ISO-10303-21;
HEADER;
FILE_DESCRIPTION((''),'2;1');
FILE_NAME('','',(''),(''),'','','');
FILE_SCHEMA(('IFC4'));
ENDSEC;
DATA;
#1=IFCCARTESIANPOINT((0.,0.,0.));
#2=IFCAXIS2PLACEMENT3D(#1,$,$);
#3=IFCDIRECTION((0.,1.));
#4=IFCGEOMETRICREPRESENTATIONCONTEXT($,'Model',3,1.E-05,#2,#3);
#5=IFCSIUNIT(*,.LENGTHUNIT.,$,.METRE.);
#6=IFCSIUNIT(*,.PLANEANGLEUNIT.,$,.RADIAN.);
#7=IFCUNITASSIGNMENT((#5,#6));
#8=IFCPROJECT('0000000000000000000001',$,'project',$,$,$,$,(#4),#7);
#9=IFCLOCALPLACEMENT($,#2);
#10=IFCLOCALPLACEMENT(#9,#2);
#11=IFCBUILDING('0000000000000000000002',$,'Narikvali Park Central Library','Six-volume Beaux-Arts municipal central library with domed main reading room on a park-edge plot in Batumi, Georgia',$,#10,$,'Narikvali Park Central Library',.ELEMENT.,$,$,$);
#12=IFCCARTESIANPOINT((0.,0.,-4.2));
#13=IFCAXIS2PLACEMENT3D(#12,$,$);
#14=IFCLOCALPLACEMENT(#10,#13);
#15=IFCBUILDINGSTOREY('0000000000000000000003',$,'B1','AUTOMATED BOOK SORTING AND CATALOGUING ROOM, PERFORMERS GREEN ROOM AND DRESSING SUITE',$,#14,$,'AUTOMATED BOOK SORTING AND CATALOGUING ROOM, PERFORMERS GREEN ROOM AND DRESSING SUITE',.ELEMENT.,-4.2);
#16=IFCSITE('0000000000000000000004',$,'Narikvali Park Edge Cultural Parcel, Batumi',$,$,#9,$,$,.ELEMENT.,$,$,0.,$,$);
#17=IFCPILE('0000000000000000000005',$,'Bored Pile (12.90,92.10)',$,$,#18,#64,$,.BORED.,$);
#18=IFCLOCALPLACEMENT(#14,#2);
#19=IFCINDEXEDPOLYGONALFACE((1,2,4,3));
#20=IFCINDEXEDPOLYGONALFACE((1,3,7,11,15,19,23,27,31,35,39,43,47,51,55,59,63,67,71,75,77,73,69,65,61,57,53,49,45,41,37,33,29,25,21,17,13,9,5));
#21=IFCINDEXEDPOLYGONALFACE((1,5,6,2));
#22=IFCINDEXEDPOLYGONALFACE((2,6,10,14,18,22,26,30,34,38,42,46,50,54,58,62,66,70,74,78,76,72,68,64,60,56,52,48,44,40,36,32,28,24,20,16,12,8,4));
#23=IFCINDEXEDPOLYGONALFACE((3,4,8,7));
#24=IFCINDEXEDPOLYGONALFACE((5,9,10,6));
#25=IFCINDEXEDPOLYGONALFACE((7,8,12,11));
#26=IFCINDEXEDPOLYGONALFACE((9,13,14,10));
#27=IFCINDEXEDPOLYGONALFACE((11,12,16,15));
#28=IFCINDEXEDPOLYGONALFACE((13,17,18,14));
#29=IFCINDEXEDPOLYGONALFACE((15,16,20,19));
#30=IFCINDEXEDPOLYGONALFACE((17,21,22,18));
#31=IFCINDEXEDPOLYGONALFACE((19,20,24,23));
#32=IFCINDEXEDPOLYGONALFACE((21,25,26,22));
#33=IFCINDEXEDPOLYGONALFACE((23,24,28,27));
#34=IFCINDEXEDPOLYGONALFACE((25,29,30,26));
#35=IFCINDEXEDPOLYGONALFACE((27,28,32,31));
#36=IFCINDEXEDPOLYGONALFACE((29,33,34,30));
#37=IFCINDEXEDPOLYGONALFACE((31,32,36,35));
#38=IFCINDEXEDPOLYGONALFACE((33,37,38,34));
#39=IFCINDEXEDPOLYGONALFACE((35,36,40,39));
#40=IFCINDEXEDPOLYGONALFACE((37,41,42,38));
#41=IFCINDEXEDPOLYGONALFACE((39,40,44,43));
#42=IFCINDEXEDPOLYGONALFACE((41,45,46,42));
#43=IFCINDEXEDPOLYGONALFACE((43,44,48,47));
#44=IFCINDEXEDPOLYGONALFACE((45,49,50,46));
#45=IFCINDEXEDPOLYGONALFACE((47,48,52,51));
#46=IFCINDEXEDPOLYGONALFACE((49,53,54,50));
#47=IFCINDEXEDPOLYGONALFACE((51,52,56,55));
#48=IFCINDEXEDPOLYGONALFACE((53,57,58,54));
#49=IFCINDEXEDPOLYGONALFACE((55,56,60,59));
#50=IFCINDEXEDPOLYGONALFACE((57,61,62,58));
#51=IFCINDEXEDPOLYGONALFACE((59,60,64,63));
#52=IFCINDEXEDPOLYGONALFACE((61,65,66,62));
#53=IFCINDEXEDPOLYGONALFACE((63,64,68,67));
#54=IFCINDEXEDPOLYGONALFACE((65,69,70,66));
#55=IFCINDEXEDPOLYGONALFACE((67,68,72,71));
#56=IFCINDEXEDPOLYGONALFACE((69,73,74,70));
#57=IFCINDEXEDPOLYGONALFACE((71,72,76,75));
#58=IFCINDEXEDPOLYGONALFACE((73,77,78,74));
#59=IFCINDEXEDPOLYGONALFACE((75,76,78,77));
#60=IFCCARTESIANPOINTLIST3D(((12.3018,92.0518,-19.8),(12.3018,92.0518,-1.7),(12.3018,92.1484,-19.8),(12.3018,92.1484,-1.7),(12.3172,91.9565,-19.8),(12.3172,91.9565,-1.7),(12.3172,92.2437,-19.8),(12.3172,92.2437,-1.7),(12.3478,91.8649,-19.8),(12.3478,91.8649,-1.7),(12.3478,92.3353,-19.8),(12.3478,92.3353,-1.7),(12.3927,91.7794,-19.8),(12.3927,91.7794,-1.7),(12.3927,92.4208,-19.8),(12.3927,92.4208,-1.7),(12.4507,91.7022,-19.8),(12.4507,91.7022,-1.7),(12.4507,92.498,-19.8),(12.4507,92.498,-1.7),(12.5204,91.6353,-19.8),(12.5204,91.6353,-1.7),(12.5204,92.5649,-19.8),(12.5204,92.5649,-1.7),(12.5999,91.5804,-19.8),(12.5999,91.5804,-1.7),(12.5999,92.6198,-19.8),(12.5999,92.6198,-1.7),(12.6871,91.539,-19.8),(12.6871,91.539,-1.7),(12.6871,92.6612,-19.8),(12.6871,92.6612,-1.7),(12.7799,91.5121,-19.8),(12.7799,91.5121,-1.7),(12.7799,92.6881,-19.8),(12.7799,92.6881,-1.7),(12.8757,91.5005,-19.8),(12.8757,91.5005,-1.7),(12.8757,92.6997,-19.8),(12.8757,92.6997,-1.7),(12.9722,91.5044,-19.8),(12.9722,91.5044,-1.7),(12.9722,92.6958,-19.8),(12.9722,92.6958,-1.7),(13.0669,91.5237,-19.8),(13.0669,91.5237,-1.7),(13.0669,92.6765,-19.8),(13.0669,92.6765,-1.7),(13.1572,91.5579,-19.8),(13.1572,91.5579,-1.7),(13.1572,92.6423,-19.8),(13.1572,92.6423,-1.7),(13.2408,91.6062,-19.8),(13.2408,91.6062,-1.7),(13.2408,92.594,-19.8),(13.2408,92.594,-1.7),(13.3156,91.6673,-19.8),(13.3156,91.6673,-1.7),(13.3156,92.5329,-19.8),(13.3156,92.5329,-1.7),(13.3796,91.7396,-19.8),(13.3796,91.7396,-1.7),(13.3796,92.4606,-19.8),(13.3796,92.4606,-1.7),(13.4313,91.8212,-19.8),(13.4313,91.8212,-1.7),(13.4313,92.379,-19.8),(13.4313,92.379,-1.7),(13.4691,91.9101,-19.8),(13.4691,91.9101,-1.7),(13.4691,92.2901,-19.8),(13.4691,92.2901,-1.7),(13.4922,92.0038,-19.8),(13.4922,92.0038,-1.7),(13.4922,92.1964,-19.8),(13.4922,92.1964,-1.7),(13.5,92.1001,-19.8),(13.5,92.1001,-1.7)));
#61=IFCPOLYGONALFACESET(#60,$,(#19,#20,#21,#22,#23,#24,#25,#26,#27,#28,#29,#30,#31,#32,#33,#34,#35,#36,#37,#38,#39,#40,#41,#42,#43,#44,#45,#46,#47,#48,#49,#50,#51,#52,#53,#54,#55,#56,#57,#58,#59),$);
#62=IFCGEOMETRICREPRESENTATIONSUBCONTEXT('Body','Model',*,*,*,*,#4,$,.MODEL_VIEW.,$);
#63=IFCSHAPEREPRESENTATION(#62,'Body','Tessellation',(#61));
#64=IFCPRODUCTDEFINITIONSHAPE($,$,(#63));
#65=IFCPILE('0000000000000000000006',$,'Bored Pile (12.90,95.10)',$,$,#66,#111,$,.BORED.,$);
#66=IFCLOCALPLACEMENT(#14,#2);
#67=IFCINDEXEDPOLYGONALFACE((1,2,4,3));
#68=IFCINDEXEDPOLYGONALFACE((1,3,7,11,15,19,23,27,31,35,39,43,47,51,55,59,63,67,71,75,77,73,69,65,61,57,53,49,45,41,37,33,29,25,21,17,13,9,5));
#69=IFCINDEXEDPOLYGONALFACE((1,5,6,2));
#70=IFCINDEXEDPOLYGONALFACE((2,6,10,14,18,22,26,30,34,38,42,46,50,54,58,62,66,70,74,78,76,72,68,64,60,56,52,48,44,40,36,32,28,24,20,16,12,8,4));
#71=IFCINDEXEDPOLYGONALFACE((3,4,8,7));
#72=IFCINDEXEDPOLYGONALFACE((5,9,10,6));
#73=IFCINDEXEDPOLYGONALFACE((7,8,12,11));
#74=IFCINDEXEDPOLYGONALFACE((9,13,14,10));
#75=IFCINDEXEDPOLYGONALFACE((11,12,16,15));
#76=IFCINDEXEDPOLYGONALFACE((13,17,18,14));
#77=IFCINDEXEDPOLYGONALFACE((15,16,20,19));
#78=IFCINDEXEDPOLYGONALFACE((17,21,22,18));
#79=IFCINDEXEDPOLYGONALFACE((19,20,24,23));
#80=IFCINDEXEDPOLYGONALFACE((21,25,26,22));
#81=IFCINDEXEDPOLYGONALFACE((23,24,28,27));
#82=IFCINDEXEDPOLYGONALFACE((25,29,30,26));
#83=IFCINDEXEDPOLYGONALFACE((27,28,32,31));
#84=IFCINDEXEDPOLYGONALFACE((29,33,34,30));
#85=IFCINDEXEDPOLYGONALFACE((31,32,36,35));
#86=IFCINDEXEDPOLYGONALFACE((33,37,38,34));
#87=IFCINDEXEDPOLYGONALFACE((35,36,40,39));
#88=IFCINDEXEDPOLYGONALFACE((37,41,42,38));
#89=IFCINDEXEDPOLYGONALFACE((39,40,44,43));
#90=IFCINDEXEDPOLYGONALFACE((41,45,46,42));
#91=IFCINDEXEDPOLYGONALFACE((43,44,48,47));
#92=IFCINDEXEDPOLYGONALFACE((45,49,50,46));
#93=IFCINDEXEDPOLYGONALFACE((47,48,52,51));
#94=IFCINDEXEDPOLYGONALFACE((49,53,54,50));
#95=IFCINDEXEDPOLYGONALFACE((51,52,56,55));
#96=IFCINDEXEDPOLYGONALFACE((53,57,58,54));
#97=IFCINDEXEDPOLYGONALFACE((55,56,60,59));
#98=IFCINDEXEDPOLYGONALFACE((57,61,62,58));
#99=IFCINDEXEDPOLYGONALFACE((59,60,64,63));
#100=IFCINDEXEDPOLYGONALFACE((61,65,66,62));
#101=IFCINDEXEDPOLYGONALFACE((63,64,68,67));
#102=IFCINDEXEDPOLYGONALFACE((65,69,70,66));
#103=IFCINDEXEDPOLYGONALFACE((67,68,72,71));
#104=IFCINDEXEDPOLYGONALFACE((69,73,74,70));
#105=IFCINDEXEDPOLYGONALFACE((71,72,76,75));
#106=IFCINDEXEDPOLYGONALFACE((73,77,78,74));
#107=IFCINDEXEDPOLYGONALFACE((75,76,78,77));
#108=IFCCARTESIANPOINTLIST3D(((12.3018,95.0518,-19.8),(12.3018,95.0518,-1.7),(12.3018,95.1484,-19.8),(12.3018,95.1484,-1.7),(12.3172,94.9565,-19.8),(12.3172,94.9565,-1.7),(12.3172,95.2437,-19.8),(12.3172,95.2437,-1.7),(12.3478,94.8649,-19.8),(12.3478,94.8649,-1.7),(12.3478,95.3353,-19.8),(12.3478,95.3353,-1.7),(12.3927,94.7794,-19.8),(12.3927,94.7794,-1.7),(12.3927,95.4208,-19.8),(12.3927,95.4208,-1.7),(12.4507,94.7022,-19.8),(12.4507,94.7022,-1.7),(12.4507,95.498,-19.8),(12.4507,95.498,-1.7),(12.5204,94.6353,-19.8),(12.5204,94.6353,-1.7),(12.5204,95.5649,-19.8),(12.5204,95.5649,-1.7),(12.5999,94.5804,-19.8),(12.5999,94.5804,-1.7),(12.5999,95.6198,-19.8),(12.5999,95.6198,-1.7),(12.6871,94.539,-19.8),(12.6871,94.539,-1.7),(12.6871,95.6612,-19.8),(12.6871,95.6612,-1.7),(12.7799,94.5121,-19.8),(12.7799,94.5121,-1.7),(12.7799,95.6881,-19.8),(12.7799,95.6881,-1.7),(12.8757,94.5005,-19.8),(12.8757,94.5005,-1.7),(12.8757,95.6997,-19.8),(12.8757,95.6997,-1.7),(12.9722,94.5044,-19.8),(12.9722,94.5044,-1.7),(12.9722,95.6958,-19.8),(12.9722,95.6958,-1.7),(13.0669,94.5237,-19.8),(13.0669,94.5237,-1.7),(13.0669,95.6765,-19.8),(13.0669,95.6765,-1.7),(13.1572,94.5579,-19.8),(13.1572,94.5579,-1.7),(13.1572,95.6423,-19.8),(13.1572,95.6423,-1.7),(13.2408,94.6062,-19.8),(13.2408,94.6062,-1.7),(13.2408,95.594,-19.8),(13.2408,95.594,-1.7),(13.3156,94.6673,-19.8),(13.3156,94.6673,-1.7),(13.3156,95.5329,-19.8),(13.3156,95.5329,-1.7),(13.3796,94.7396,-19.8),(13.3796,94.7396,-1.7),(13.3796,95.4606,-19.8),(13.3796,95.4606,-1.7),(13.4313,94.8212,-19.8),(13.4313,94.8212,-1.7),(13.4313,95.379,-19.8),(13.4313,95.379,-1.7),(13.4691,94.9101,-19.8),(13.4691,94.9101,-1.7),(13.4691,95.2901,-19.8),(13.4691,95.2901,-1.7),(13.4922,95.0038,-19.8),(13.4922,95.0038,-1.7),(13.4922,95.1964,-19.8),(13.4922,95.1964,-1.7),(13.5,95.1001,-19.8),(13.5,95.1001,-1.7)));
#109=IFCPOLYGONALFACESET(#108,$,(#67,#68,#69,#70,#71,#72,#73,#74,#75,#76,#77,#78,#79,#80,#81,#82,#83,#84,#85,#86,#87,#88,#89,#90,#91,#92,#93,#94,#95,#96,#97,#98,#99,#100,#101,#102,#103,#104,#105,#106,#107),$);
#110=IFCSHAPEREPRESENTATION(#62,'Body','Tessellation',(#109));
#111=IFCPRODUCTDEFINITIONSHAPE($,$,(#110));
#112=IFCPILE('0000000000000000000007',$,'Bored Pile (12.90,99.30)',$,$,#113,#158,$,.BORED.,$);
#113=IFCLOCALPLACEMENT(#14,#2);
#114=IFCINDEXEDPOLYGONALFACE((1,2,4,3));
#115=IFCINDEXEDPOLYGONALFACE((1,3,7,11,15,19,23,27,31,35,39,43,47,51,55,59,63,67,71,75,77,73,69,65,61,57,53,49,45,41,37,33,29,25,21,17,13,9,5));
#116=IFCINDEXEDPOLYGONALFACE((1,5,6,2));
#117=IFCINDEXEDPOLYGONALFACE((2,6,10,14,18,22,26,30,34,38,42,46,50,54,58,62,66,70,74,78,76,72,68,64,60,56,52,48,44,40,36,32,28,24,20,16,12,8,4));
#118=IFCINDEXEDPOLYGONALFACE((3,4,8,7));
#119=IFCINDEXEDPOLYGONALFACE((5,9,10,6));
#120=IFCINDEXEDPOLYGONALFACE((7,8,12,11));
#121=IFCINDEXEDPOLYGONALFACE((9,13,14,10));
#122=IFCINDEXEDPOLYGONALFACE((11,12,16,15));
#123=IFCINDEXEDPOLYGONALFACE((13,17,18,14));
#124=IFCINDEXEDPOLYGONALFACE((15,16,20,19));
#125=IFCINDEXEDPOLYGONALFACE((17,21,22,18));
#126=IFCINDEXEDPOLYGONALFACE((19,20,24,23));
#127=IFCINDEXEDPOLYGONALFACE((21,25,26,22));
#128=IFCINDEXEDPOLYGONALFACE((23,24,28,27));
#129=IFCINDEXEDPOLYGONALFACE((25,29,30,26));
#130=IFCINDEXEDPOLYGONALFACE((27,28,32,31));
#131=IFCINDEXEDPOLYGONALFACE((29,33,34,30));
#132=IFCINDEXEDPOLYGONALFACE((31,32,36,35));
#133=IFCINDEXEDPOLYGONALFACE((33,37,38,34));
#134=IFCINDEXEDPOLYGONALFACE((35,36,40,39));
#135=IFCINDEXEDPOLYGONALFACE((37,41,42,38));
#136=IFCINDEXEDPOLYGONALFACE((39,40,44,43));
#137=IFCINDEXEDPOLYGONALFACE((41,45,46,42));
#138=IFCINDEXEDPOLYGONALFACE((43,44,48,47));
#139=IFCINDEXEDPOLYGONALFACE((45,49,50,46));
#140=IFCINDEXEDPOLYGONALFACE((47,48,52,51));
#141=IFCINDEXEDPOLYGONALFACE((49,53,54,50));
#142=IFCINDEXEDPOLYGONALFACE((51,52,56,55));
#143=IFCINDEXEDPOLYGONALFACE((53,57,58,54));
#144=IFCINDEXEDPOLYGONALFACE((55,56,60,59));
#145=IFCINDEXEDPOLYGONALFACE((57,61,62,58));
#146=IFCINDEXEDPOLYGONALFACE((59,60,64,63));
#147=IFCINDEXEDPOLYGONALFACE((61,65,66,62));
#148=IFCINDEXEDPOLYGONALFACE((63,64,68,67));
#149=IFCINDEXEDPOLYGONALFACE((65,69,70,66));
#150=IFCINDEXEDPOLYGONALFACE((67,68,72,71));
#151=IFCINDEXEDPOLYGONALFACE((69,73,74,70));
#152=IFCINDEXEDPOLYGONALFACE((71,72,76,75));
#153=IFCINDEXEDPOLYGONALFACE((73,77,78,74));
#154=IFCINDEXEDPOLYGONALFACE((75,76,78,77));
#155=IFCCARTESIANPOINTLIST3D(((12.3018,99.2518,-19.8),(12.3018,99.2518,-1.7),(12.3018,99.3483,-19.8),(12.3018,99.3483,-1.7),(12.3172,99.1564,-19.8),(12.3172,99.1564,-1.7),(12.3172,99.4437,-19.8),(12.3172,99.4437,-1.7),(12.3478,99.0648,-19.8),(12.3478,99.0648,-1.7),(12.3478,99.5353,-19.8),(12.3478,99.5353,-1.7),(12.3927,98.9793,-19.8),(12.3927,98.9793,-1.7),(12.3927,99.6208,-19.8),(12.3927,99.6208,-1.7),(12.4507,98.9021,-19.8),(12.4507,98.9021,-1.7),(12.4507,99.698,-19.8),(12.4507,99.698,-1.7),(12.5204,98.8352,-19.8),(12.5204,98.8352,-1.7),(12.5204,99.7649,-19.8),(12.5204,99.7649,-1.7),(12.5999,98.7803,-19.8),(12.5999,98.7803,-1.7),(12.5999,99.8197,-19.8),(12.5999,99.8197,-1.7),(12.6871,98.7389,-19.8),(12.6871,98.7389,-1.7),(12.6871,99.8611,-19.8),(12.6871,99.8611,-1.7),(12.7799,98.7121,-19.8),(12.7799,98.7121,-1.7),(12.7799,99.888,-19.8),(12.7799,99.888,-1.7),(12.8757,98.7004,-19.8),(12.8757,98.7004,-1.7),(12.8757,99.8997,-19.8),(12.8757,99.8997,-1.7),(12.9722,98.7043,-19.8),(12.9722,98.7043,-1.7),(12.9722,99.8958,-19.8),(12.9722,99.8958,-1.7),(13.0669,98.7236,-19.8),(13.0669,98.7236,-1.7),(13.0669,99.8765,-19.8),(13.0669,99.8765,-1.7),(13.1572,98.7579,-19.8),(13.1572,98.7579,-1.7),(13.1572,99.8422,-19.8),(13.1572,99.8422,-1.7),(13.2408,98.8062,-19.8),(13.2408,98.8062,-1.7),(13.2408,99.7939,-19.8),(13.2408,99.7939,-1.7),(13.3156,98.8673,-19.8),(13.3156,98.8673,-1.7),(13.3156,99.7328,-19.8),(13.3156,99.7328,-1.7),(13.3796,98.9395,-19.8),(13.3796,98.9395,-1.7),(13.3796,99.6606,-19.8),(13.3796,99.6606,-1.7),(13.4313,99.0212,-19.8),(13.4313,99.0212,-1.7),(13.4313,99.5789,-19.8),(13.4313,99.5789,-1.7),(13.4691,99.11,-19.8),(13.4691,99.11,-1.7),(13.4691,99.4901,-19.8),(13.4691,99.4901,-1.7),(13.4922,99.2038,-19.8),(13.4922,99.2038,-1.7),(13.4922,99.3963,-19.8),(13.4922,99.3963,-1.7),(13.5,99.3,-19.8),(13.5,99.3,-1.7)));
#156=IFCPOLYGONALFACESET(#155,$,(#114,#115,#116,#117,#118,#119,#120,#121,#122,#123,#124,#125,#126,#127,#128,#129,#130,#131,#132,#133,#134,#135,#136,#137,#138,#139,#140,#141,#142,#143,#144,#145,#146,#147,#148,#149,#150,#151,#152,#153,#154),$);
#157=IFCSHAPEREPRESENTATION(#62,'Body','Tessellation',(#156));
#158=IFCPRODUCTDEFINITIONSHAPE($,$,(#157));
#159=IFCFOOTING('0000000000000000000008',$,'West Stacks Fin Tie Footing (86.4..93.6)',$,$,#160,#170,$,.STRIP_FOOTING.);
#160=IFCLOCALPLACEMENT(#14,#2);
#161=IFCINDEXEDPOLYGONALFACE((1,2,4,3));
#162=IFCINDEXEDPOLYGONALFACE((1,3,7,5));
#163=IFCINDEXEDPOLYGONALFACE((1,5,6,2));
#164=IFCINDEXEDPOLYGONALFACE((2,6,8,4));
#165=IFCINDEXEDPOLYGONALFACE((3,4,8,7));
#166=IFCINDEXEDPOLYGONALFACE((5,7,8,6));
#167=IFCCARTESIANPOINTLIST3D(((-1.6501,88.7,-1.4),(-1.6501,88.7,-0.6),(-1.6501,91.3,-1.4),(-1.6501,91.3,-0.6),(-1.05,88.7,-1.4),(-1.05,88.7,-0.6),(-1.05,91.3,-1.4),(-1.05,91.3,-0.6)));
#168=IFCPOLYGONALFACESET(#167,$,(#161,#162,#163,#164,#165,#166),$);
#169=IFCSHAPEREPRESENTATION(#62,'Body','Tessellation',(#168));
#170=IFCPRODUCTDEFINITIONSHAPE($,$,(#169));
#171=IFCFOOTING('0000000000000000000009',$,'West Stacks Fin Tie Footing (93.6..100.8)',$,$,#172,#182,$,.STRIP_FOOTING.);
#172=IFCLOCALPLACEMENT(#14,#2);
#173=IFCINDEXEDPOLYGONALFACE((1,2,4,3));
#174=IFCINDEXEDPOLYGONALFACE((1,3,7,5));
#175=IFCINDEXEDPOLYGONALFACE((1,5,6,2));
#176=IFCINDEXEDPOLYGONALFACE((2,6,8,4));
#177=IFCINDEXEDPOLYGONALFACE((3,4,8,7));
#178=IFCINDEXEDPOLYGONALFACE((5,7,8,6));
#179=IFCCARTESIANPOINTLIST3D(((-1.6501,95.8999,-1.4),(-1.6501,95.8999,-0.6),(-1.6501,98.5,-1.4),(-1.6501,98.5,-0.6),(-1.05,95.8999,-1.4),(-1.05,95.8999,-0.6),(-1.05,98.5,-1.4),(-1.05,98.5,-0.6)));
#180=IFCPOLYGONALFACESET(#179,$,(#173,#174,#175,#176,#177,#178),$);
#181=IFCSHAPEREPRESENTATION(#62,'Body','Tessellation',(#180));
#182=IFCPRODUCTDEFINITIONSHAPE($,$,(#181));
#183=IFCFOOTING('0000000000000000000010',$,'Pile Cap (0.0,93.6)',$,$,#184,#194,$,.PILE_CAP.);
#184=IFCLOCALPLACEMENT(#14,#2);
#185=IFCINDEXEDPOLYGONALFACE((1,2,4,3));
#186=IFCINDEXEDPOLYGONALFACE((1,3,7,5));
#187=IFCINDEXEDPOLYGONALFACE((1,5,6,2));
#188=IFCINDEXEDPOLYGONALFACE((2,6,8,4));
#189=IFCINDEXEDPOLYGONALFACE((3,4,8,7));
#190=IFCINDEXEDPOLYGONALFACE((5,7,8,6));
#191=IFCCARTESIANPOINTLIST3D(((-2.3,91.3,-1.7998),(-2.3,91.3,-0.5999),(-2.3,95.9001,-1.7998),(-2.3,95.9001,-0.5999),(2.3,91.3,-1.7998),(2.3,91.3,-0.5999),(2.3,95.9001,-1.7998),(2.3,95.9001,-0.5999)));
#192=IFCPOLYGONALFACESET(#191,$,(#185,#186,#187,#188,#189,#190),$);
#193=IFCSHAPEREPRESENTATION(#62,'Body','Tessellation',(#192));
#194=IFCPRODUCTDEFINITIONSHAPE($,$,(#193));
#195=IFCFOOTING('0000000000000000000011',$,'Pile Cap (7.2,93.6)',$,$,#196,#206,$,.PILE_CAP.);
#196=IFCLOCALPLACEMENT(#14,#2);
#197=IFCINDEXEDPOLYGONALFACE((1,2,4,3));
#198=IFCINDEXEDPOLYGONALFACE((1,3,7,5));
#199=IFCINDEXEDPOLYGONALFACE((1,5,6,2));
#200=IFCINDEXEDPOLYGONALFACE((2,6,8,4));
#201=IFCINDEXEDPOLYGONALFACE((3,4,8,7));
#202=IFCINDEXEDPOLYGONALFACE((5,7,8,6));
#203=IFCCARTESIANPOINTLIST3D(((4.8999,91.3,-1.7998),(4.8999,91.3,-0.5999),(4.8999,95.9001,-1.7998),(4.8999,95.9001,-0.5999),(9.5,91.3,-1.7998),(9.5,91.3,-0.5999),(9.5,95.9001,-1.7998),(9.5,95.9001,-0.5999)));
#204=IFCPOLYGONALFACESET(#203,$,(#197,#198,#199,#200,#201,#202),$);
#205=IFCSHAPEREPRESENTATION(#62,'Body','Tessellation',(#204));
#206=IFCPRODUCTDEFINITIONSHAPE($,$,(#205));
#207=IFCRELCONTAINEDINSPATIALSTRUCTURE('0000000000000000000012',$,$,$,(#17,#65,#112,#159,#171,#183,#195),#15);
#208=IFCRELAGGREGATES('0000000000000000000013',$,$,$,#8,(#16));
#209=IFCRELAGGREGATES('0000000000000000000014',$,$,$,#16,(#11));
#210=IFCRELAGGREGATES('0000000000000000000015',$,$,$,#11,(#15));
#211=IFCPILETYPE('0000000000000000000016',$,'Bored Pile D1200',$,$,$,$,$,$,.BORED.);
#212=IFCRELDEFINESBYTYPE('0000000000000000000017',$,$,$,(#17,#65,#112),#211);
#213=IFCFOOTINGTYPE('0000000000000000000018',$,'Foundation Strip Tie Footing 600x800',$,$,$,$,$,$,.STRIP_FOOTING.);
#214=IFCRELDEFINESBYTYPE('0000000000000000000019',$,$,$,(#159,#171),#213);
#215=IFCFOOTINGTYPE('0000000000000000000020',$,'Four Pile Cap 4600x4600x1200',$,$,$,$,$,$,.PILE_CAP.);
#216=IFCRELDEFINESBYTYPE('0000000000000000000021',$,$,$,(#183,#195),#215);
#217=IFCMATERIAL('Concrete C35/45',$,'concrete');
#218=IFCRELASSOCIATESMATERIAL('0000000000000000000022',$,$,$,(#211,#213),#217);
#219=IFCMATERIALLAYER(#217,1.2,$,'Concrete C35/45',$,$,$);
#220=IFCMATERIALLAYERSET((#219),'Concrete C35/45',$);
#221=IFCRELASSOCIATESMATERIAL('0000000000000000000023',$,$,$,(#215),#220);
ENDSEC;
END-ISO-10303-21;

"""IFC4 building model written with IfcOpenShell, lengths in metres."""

from ifc_helpers import new_model, si_unit, direction, frame, origin, origin_2d, place, context, subcontext, project, spatial, rectangle, circle, extrude, material, layer, layer_set, material_profile, profile_set, type_object, element, save


model = new_model("IFC4")

# Units and contexts
model_context = context("Model", 3, precision=1e-05, world=origin(), true_north=direction((0.0, 1.0)))
body_context = subcontext(model_context, "Body", "Model", "MODEL_VIEW")
ifc_project = project(units=[si_unit("LENGTHUNIT", "METRE"), si_unit("PLANEANGLEUNIT", "RADIAN")], contexts=[model_context])

# Site, building, storey
site_placement = place(None, origin())
site = spatial("IfcSite", under=ifc_project, at=site_placement, Name="Narikvali Park Edge Cultural Parcel, Batumi", CompositionType="ELEMENT", RefElevation=0.0)
building_placement = place(site_placement, origin())
building = spatial("IfcBuilding", under=site, at=building_placement, Name="Narikvali Park Central Library", Description="Six-volume Beaux-Arts municipal central library with domed main reading room on a park-edge plot in Batumi, Georgia", LongName="Narikvali Park Central Library", CompositionType="ELEMENT")
storey_placement = place(building_placement, frame((0.0, 0.0, -4.2)))
storey = spatial("IfcBuildingStorey", under=building, at=storey_placement, Name="B1", Description="AUTOMATED BOOK SORTING AND CATALOGUING ROOM, PERFORMERS GREEN ROOM AND DRESSING SUITE", LongName="AUTOMATED BOOK SORTING AND CATALOGUING ROOM, PERFORMERS GREEN ROOM AND DRESSING SUITE", CompositionType="ELEMENT", Elevation=-4.2)

# Piles
ifc_material_1 = material(Name="Concrete C35/45", Category="concrete")
ifc_material_profile_1 = material_profile(ifc_material_1, circle(Radius=0.6001, at=origin_2d()), Name="PILE D1200")
ifc_profile_set_1 = profile_set([ifc_material_profile_1], Name="Concrete C35/45")
pile_type = type_object("IfcPileType", Name="Bored Pile D1200", PredefinedType="BORED", material=ifc_profile_set_1)
for number, where, z_axis, x_axis, name in (
    (1, (12.8999, 92.1001, -1.7), (0.0, 0.0, -1.0), (1.0, 0.0, 0.0), "Bored Pile (12.90,92.10)"),
    (2, (12.8999, 95.1001, -1.7), (0.0, 0.0, -1.0), (1.0, 0.0, 0.0), "Bored Pile (12.90,95.10)"),
    (3, (12.8999, 99.3, -1.7), (0.0, 0.0, -1.0), (1.0, 0.0, 0.0), "Bored Pile (12.90,99.30)"),
):
    element("IfcPile", number, at=place(storey_placement, frame(where, z_axis=z_axis, x_axis=x_axis)), inside=storey, type_object=pile_type, Name=name, PredefinedType="BORED", context=body_context, shape_type="SweptSolid", body=[
        extrude(circle(Radius=0.6001, at=origin_2d()), origin(), (0.0, 0.0, 1.0), 18.1001),
    ])

# Footings
ifc_material_profile_2 = material_profile(ifc_material_1, rectangle(XDim=0.6001, YDim=0.8, at=origin_2d()), Name="RC GB 600x800")
ifc_profile_set_2 = profile_set([ifc_material_profile_2], Name="Concrete C35/45")
footing_type_1 = type_object("IfcFootingType", Name="Foundation Strip Tie Footing 600x800", PredefinedType="STRIP_FOOTING", material=ifc_profile_set_2)
for number, where, z_axis, x_axis, name in (
    (4, (-1.3501, 88.7, -1.0), (0.0, 1.0, 0.0), (-1.0, 0.0, 0.0), "West Stacks Fin Tie Footing (86.4..93.6)"),
    (5, (-1.3501, 95.8999, -1.0), (0.0, 1.0, 0.0), (-1.0, 0.0, 0.0), "West Stacks Fin Tie Footing (93.6..100.8)"),
):
    element("IfcFooting", number, at=place(storey_placement, frame(where, z_axis=z_axis, x_axis=x_axis)), inside=storey, type_object=footing_type_1, Name=name, PredefinedType="STRIP_FOOTING", context=body_context, shape_type="SweptSolid", body=[
        extrude(rectangle(XDim=0.6001, YDim=0.8, at=origin_2d()), origin(), (0.0, 0.0, 1.0), 2.6001),
    ])
ifc_layer_1 = layer(ifc_material_1, 1.2, Name="Concrete C35/45")
ifc_layer_set_1 = layer_set([ifc_layer_1], Name="Concrete C35/45")
footing_type_2 = type_object("IfcFootingType", Name="Four Pile Cap 4600x4600x1200", PredefinedType="PILE_CAP", material=ifc_layer_set_1)
for number, where, z_axis, x_axis, name in (
    (6, (0.0, 93.6001, -1.7998), (0.0, 0.0, 1.0), (1.0, 0.0, 0.0), "Pile Cap (0.0,93.6)"),
    (7, (7.2, 93.6001, -1.7998), (0.0, 0.0, 1.0), (1.0, 0.0, 0.0), "Pile Cap (7.2,93.6)"),
):
    element("IfcFooting", number, at=place(storey_placement, frame(where, z_axis=z_axis, x_axis=x_axis)), inside=storey, type_object=footing_type_2, Name=name, PredefinedType="PILE_CAP", context=body_context, shape_type="SweptSolid", body=[
        extrude(rectangle(XDim=4.6001, YDim=4.6001, at=origin_2d()), origin(), (0.0, 0.0, 1.0), 1.2),
    ])

save(model, "model.ifc")
